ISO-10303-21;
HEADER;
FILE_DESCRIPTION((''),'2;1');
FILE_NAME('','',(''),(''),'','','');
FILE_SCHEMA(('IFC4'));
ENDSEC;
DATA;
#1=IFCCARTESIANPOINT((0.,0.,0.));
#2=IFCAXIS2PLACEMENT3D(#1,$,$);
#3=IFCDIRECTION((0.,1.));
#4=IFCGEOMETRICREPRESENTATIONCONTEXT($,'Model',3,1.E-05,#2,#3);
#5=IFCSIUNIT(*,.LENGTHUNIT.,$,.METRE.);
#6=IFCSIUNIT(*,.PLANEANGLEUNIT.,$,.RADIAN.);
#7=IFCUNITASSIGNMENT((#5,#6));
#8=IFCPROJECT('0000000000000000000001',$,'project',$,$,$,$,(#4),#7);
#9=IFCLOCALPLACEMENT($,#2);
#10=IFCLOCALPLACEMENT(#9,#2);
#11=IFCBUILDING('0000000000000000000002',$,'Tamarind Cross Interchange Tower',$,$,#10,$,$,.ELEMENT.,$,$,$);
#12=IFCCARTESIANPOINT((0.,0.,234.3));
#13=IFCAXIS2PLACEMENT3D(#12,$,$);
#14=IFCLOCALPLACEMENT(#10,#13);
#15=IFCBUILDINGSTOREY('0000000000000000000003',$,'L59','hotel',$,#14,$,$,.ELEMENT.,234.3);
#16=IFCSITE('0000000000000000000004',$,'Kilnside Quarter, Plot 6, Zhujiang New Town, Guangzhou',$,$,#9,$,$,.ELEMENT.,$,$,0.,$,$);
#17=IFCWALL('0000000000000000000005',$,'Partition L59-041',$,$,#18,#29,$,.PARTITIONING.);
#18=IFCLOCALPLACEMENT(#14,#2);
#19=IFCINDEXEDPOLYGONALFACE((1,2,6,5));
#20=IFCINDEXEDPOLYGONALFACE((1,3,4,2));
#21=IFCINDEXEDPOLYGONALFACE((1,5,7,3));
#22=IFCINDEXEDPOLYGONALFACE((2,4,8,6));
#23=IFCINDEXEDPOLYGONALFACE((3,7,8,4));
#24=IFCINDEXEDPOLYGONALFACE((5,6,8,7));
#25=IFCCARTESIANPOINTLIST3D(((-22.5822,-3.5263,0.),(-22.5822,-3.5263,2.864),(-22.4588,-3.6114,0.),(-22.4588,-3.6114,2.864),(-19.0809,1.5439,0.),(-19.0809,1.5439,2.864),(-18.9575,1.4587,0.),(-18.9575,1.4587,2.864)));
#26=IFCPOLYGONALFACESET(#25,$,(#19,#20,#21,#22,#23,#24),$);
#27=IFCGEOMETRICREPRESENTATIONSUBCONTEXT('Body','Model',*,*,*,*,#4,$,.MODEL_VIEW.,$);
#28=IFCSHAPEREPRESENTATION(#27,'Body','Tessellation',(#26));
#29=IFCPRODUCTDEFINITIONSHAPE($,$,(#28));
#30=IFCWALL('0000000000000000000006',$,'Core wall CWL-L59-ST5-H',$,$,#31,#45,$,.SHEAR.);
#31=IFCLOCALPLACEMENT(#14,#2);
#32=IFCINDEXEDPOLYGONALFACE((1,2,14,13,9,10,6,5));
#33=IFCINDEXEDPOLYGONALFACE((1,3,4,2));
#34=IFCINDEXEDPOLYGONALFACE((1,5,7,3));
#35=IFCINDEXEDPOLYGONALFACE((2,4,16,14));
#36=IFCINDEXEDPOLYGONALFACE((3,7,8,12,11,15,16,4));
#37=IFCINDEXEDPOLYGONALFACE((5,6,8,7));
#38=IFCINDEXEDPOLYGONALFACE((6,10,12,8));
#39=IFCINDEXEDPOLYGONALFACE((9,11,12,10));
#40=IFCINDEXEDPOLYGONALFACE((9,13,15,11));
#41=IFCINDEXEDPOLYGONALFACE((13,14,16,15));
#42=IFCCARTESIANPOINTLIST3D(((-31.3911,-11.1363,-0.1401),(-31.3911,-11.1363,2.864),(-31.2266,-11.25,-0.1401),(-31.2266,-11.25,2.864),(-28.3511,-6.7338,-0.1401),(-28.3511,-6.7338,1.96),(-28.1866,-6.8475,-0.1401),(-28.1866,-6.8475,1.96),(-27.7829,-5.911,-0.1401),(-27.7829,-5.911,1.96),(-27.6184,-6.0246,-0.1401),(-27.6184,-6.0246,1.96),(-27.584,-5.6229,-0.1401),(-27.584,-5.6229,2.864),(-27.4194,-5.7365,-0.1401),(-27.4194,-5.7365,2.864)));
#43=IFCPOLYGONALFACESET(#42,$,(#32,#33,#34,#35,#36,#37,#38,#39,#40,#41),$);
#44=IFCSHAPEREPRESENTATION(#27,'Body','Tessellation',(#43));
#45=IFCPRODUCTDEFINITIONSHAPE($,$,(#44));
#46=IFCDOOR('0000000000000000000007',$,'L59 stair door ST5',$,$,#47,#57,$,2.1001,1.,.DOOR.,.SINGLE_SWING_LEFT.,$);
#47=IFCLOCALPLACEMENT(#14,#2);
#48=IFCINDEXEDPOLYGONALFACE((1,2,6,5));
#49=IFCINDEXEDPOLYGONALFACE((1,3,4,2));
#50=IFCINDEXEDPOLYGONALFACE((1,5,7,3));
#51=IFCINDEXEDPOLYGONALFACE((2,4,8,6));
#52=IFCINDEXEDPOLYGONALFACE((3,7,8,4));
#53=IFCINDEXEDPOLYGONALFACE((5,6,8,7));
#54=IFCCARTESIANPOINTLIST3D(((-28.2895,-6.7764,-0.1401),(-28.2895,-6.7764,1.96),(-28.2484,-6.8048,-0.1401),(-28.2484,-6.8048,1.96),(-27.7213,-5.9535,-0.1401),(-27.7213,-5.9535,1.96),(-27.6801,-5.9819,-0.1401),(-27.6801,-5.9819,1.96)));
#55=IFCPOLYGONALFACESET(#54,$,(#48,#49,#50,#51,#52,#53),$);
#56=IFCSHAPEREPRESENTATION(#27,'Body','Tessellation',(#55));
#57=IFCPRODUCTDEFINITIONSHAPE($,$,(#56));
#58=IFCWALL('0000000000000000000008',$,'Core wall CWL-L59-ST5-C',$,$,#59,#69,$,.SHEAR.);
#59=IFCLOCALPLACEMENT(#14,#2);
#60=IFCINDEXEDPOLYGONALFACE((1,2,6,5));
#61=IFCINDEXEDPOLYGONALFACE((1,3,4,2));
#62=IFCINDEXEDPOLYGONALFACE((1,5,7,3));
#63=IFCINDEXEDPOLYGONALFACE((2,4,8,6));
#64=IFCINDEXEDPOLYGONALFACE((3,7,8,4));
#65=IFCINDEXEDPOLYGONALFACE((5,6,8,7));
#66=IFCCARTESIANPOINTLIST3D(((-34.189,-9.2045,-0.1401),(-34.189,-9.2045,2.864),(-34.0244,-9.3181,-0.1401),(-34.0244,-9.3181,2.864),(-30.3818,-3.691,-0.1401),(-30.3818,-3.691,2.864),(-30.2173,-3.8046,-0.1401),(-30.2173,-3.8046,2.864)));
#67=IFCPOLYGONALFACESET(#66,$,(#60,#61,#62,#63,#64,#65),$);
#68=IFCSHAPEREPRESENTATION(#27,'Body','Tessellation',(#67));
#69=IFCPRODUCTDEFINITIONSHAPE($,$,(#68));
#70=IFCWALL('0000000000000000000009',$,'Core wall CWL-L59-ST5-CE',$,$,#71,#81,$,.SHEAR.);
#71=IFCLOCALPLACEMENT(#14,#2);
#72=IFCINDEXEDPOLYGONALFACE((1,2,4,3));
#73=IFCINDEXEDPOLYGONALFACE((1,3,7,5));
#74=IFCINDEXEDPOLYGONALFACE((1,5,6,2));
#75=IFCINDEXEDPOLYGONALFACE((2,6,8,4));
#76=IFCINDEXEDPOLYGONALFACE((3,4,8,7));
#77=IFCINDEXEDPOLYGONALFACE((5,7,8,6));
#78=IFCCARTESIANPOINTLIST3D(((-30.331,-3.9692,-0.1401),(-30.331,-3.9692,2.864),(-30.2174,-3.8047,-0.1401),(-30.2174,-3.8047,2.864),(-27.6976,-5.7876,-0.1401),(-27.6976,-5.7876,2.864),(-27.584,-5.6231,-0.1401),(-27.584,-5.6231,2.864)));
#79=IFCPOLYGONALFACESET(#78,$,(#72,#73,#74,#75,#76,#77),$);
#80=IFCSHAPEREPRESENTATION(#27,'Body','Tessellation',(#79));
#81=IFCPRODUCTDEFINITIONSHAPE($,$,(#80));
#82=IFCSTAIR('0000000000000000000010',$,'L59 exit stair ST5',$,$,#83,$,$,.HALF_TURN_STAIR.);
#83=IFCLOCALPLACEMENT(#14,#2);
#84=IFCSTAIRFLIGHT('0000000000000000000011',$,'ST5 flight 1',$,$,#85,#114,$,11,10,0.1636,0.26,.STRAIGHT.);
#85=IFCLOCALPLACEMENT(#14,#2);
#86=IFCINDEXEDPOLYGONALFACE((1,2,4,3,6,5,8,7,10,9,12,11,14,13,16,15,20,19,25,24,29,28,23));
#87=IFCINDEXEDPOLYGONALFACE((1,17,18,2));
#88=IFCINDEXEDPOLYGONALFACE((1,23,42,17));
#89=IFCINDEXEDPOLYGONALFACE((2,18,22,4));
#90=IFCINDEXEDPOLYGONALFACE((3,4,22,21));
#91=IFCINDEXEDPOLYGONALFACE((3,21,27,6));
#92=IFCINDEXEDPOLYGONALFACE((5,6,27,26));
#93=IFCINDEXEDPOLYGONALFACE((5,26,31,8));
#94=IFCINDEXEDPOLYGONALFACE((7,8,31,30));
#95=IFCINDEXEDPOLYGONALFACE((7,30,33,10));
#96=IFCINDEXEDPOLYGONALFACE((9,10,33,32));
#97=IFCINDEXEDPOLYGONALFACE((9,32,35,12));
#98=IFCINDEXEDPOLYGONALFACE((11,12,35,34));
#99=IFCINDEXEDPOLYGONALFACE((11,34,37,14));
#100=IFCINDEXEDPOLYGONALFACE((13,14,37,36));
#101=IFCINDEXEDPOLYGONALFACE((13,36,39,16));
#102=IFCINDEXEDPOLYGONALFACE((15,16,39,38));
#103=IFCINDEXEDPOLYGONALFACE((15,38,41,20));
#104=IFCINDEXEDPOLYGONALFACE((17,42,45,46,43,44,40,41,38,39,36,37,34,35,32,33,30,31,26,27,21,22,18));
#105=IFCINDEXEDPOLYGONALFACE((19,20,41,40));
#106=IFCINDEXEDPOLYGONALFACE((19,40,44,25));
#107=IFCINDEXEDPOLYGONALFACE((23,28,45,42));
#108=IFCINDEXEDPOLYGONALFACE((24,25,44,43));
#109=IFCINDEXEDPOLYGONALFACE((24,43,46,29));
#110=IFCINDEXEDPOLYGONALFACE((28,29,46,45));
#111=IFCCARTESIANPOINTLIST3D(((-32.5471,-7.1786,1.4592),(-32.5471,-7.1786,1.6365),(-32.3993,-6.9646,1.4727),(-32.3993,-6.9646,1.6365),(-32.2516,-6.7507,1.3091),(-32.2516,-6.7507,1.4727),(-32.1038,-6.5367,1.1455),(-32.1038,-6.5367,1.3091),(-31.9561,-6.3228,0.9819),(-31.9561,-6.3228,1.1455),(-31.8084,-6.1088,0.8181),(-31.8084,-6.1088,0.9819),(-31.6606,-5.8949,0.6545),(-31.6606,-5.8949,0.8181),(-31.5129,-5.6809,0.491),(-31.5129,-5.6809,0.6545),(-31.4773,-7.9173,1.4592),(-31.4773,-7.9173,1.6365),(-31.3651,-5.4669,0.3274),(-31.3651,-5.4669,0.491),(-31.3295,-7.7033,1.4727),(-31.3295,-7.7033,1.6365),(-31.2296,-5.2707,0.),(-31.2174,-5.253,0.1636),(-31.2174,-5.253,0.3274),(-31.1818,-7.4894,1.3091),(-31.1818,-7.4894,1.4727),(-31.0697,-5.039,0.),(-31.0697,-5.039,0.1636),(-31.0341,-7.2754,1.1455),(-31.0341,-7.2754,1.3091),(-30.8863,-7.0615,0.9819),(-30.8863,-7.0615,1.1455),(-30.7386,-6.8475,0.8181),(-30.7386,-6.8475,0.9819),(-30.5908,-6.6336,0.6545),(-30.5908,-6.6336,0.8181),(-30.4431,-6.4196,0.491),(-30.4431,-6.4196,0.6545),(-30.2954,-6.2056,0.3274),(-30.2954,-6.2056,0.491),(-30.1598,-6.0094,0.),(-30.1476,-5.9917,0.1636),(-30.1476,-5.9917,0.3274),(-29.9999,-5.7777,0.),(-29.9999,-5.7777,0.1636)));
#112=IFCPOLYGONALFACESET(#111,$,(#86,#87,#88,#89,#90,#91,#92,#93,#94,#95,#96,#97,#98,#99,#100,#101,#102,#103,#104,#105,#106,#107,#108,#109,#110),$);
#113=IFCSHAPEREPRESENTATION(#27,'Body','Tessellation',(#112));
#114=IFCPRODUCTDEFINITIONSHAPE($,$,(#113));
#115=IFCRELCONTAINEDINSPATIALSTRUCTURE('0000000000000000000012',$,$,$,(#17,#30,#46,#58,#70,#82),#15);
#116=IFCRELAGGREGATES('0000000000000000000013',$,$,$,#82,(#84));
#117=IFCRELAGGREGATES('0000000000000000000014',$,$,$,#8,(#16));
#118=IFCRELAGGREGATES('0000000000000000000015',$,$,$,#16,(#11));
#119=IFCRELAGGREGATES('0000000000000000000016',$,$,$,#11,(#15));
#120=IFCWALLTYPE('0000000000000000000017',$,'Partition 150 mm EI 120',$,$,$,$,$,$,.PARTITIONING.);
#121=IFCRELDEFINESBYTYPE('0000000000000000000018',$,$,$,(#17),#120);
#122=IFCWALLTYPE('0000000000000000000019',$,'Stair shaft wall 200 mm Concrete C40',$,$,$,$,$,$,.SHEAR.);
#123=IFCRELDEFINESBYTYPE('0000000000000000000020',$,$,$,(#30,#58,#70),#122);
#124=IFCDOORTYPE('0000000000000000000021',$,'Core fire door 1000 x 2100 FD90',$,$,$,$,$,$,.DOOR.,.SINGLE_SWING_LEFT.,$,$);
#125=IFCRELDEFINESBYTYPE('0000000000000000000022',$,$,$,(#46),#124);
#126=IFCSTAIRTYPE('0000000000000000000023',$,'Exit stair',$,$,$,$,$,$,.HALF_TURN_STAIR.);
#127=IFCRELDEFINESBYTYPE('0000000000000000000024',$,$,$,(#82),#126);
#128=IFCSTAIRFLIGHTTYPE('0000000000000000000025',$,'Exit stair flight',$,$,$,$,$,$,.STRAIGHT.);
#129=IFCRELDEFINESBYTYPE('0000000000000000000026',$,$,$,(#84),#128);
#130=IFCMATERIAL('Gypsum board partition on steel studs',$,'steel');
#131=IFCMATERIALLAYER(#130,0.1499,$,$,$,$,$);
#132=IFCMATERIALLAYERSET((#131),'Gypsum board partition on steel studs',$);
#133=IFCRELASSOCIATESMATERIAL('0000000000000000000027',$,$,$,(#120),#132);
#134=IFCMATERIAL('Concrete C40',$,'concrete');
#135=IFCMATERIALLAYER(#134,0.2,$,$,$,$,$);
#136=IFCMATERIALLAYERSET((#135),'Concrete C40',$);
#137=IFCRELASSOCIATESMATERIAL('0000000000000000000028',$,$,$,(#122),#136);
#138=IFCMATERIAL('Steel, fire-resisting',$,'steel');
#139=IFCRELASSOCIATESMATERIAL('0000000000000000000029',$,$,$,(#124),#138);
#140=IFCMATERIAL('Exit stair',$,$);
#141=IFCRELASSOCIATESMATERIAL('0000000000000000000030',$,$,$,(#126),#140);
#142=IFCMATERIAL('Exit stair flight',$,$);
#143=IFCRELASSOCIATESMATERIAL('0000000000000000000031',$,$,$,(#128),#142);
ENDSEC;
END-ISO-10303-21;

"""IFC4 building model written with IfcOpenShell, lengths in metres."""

from ifc_helpers import new_model, si_unit, direction, frame, frame_2d, origin, place, context, subcontext, project, spatial, polyline, rectangle, outline, extrude, material, layer, layer_set, type_object, element, fill, aggregate, save


model = new_model("IFC4")

# Units and contexts
model_context = context("Model", 3, precision=1e-05, world=origin(), true_north=direction((0.0, 1.0)))
body_context = subcontext(model_context, "Body", "Model", "MODEL_VIEW")
ifc_project = project(units=[si_unit("LENGTHUNIT", "METRE"), si_unit("PLANEANGLEUNIT", "RADIAN")], contexts=[model_context])

# Site, building, storey
site_placement = place(None, origin())
site = spatial("IfcSite", under=ifc_project, at=site_placement, Name="Kilnside Quarter, Plot 6, Zhujiang New Town, Guangzhou", CompositionType="ELEMENT", RefElevation=0.0)
building_placement = place(site_placement, origin())
building = spatial("IfcBuilding", under=site, at=building_placement, Name="Tamarind Cross Interchange Tower", CompositionType="ELEMENT")
storey_placement = place(building_placement, frame((0.0, 0.0, 234.3)))
storey = spatial("IfcBuildingStorey", under=building, at=storey_placement, Name="L59", Description="hotel", CompositionType="ELEMENT", Elevation=234.3)

# Shared definitions
ifc_material_1 = material(Name="Gypsum board partition on steel studs", Category="steel")
ifc_layer_1 = layer(ifc_material_1, 0.1499)
ifc_layer_set_1 = layer_set([ifc_layer_1], Name="Gypsum board partition on steel studs")
wall_type_1 = type_object("IfcWallType", Name="Partition 150 mm EI 120", PredefinedType="PARTITIONING", material=ifc_layer_set_1)

# Wall
wall_1_placement = place(storey_placement, frame((-22.5205, -3.5688, 0.0), z_axis=(0.0, 0.0, 1.0), x_axis=(0.568241, 0.822862, 0.0)))
element("IfcWall", 1, at=wall_1_placement, inside=storey, type_object=wall_type_1, Name="Partition L59-041", PredefinedType="PARTITIONING", context=body_context, shape_type="SweptSolid", body=[
    extrude(rectangle(XDim=6.1616, YDim=0.1499, at=frame_2d((3.0808, 0.0))), origin(), (0.0, 0.0, 1.0), 2.864),
])

# Wall, opening, door
ifc_material_2 = material(Name="Concrete C40", Category="concrete")
ifc_layer_2 = layer(ifc_material_2, 0.2)
ifc_layer_set_2 = layer_set([ifc_layer_2], Name="Concrete C40")
wall_type_2 = type_object("IfcWallType", Name="Stair shaft wall 200 mm Concrete C40", PredefinedType="SHEAR", material=ifc_layer_set_2)
wall_2_placement = place(storey_placement, frame((-27.5017, -5.6797, -0.1401), z_axis=(0.0, 0.0, 1.0), x_axis=(-0.568215, -0.82288, 0.0)))
wall_2 = element("IfcWall", 2, at=wall_2_placement, inside=storey, type_object=wall_type_2, Name="Core wall CWL-L59-ST5-H", PredefinedType="SHEAR", context=body_context, shape_type="SweptSolid", body=[
    extrude(rectangle(XDim=6.7002, YDim=0.2, at=frame_2d((3.3501, 0.0))), origin(), (0.0, 0.0, 1.0), 3.0042),
])
opening_1_placement = place(wall_2_placement, frame((0.3501, 0.0, 0.0)))
opening_1 = element("IfcOpeningElement", 3, at=opening_1_placement, cuts=wall_2, PredefinedType="OPENING", context=body_context, shape_type="SweptSolid", body=[
    extrude(rectangle(XDim=1.0, YDim=2.1001, at=frame_2d((0.5, 1.05))), frame((0.0, 0.1099, 0.0), z_axis=(0.0, -1.0, 0.0), x_axis=(1.0, 0.0, 0.0)), (0.0, 0.0, 1.0), 0.22),
])
ifc_material_3 = material(Name="Steel, fire-resisting", Category="steel")
door_type_1 = type_object("IfcDoorType", Name="Core fire door 1000 x 2100 FD90", OperationType="SINGLE_SWING_LEFT", PredefinedType="DOOR", material=ifc_material_3)
door_1_placement = place(opening_1_placement, origin())
door_1 = element("IfcDoor", 4, at=door_1_placement, inside=storey, type_object=door_type_1, Name="L59 stair door ST5", OperationType="SINGLE_SWING_LEFT", OverallHeight=2.1001, OverallWidth=1.0, PredefinedType="DOOR", context=body_context, shape_type="SweptSolid", body=[
    extrude(rectangle(XDim=1.0, YDim=2.1001, at=frame_2d((0.5, 1.05))), frame((0.0, 0.0249, 0.0), z_axis=(0.0, -1.0, 0.0), x_axis=(1.0, 0.0, 0.0)), (0.0, 0.0, 1.0), 0.05),
])
fill(opening_1, door_1)

# Walls
wall_3_placement = place(storey_placement, frame((-30.2996, -3.7478, -0.1401), z_axis=(0.0, 0.0, 1.0), x_axis=(-0.568215, -0.82288, 0.0)))
element("IfcWall", 5, at=wall_3_placement, inside=storey, type_object=wall_type_2, Name="Core wall CWL-L59-ST5-C", PredefinedType="SHEAR", context=body_context, shape_type="SweptSolid", body=[
    extrude(rectangle(XDim=6.7002, YDim=0.2, at=frame_2d((3.3501, 0.0))), origin(), (0.0, 0.0, 1.0), 3.0042),
])
wall_4_placement = place(storey_placement, frame((-30.2742, -3.887, -0.1401), z_axis=(0.0, 0.0, 1.0), x_axis=(0.822878, -0.568218, 0.0)))
element("IfcWall", 6, at=wall_4_placement, inside=storey, type_object=wall_type_2, Name="Core wall CWL-L59-ST5-CE", PredefinedType="SHEAR", context=body_context, shape_type="SweptSolid", body=[
    extrude(rectangle(XDim=3.2002, YDim=0.2, at=frame_2d((1.6001, 0.0))), origin(), (0.0, 0.0, 1.0), 3.0042),
])

# Stair, stair flight
ifc_material_4 = material(Name="Exit stair")
stair_type = type_object("IfcStairType", Name="Exit stair", PredefinedType="HALF_TURN_STAIR", material=ifc_material_4)
stair_placement = place(storey_placement, origin())
stair = element("IfcStair", 7, at=stair_placement, inside=storey, type_object=stair_type, Name="L59 exit stair ST5", PredefinedType="HALF_TURN_STAIR")
ifc_material_5 = material(Name="Exit stair flight")
stair_flight_type = type_object("IfcStairFlightType", Name="Exit stair flight", PredefinedType="STRAIGHT", material=ifc_material_5)
stair_flight_placement = place(storey_placement, frame((-30.5347, -5.4084, 0.0), z_axis=(0.0, 0.0, 1.0), x_axis=(-0.568211, -0.822883, 0.0)))
stair_flight = element("IfcStairFlight", 8, at=stair_flight_placement, type_object=stair_flight_type, Name="ST5 flight 1", NumberOfRisers=11, NumberOfTreads=10, PredefinedType="STRAIGHT", RiserHeight=0.1636, TreadLength=0.26, context=body_context, shape_type="SweptSolid", body=[
    extrude(outline(polyline([(0.0, 0.0), (0.0, 0.1636), (0.26, 0.1636), (0.26, 0.3274), (0.52, 0.3274), (0.52, 0.491), (0.78, 0.491), (0.78, 0.6545), (1.04, 0.6545), (1.04, 0.8181), (1.3, 0.8181), (1.3, 0.9819), (1.5601, 0.9819), (1.5601, 1.1455), (1.8201, 1.1455), (1.8201, 1.3091), (2.0801, 1.3091), (2.0801, 1.4727), (2.3401, 1.4727), (2.3401, 1.6365), (2.6001, 1.6365), (2.6001, 1.8), (2.6001, 1.4592), (0.2815, 0.0), (0.0, 0.0)])), frame((0.0, 0.6499, 0.0), z_axis=(0.0, -1.0, 0.0), x_axis=(1.0, 0.0, 0.0)), (0.0, 0.0, 1.0), 1.3),
])
aggregate(stair, [stair_flight])

save(model, "model.ifc")
